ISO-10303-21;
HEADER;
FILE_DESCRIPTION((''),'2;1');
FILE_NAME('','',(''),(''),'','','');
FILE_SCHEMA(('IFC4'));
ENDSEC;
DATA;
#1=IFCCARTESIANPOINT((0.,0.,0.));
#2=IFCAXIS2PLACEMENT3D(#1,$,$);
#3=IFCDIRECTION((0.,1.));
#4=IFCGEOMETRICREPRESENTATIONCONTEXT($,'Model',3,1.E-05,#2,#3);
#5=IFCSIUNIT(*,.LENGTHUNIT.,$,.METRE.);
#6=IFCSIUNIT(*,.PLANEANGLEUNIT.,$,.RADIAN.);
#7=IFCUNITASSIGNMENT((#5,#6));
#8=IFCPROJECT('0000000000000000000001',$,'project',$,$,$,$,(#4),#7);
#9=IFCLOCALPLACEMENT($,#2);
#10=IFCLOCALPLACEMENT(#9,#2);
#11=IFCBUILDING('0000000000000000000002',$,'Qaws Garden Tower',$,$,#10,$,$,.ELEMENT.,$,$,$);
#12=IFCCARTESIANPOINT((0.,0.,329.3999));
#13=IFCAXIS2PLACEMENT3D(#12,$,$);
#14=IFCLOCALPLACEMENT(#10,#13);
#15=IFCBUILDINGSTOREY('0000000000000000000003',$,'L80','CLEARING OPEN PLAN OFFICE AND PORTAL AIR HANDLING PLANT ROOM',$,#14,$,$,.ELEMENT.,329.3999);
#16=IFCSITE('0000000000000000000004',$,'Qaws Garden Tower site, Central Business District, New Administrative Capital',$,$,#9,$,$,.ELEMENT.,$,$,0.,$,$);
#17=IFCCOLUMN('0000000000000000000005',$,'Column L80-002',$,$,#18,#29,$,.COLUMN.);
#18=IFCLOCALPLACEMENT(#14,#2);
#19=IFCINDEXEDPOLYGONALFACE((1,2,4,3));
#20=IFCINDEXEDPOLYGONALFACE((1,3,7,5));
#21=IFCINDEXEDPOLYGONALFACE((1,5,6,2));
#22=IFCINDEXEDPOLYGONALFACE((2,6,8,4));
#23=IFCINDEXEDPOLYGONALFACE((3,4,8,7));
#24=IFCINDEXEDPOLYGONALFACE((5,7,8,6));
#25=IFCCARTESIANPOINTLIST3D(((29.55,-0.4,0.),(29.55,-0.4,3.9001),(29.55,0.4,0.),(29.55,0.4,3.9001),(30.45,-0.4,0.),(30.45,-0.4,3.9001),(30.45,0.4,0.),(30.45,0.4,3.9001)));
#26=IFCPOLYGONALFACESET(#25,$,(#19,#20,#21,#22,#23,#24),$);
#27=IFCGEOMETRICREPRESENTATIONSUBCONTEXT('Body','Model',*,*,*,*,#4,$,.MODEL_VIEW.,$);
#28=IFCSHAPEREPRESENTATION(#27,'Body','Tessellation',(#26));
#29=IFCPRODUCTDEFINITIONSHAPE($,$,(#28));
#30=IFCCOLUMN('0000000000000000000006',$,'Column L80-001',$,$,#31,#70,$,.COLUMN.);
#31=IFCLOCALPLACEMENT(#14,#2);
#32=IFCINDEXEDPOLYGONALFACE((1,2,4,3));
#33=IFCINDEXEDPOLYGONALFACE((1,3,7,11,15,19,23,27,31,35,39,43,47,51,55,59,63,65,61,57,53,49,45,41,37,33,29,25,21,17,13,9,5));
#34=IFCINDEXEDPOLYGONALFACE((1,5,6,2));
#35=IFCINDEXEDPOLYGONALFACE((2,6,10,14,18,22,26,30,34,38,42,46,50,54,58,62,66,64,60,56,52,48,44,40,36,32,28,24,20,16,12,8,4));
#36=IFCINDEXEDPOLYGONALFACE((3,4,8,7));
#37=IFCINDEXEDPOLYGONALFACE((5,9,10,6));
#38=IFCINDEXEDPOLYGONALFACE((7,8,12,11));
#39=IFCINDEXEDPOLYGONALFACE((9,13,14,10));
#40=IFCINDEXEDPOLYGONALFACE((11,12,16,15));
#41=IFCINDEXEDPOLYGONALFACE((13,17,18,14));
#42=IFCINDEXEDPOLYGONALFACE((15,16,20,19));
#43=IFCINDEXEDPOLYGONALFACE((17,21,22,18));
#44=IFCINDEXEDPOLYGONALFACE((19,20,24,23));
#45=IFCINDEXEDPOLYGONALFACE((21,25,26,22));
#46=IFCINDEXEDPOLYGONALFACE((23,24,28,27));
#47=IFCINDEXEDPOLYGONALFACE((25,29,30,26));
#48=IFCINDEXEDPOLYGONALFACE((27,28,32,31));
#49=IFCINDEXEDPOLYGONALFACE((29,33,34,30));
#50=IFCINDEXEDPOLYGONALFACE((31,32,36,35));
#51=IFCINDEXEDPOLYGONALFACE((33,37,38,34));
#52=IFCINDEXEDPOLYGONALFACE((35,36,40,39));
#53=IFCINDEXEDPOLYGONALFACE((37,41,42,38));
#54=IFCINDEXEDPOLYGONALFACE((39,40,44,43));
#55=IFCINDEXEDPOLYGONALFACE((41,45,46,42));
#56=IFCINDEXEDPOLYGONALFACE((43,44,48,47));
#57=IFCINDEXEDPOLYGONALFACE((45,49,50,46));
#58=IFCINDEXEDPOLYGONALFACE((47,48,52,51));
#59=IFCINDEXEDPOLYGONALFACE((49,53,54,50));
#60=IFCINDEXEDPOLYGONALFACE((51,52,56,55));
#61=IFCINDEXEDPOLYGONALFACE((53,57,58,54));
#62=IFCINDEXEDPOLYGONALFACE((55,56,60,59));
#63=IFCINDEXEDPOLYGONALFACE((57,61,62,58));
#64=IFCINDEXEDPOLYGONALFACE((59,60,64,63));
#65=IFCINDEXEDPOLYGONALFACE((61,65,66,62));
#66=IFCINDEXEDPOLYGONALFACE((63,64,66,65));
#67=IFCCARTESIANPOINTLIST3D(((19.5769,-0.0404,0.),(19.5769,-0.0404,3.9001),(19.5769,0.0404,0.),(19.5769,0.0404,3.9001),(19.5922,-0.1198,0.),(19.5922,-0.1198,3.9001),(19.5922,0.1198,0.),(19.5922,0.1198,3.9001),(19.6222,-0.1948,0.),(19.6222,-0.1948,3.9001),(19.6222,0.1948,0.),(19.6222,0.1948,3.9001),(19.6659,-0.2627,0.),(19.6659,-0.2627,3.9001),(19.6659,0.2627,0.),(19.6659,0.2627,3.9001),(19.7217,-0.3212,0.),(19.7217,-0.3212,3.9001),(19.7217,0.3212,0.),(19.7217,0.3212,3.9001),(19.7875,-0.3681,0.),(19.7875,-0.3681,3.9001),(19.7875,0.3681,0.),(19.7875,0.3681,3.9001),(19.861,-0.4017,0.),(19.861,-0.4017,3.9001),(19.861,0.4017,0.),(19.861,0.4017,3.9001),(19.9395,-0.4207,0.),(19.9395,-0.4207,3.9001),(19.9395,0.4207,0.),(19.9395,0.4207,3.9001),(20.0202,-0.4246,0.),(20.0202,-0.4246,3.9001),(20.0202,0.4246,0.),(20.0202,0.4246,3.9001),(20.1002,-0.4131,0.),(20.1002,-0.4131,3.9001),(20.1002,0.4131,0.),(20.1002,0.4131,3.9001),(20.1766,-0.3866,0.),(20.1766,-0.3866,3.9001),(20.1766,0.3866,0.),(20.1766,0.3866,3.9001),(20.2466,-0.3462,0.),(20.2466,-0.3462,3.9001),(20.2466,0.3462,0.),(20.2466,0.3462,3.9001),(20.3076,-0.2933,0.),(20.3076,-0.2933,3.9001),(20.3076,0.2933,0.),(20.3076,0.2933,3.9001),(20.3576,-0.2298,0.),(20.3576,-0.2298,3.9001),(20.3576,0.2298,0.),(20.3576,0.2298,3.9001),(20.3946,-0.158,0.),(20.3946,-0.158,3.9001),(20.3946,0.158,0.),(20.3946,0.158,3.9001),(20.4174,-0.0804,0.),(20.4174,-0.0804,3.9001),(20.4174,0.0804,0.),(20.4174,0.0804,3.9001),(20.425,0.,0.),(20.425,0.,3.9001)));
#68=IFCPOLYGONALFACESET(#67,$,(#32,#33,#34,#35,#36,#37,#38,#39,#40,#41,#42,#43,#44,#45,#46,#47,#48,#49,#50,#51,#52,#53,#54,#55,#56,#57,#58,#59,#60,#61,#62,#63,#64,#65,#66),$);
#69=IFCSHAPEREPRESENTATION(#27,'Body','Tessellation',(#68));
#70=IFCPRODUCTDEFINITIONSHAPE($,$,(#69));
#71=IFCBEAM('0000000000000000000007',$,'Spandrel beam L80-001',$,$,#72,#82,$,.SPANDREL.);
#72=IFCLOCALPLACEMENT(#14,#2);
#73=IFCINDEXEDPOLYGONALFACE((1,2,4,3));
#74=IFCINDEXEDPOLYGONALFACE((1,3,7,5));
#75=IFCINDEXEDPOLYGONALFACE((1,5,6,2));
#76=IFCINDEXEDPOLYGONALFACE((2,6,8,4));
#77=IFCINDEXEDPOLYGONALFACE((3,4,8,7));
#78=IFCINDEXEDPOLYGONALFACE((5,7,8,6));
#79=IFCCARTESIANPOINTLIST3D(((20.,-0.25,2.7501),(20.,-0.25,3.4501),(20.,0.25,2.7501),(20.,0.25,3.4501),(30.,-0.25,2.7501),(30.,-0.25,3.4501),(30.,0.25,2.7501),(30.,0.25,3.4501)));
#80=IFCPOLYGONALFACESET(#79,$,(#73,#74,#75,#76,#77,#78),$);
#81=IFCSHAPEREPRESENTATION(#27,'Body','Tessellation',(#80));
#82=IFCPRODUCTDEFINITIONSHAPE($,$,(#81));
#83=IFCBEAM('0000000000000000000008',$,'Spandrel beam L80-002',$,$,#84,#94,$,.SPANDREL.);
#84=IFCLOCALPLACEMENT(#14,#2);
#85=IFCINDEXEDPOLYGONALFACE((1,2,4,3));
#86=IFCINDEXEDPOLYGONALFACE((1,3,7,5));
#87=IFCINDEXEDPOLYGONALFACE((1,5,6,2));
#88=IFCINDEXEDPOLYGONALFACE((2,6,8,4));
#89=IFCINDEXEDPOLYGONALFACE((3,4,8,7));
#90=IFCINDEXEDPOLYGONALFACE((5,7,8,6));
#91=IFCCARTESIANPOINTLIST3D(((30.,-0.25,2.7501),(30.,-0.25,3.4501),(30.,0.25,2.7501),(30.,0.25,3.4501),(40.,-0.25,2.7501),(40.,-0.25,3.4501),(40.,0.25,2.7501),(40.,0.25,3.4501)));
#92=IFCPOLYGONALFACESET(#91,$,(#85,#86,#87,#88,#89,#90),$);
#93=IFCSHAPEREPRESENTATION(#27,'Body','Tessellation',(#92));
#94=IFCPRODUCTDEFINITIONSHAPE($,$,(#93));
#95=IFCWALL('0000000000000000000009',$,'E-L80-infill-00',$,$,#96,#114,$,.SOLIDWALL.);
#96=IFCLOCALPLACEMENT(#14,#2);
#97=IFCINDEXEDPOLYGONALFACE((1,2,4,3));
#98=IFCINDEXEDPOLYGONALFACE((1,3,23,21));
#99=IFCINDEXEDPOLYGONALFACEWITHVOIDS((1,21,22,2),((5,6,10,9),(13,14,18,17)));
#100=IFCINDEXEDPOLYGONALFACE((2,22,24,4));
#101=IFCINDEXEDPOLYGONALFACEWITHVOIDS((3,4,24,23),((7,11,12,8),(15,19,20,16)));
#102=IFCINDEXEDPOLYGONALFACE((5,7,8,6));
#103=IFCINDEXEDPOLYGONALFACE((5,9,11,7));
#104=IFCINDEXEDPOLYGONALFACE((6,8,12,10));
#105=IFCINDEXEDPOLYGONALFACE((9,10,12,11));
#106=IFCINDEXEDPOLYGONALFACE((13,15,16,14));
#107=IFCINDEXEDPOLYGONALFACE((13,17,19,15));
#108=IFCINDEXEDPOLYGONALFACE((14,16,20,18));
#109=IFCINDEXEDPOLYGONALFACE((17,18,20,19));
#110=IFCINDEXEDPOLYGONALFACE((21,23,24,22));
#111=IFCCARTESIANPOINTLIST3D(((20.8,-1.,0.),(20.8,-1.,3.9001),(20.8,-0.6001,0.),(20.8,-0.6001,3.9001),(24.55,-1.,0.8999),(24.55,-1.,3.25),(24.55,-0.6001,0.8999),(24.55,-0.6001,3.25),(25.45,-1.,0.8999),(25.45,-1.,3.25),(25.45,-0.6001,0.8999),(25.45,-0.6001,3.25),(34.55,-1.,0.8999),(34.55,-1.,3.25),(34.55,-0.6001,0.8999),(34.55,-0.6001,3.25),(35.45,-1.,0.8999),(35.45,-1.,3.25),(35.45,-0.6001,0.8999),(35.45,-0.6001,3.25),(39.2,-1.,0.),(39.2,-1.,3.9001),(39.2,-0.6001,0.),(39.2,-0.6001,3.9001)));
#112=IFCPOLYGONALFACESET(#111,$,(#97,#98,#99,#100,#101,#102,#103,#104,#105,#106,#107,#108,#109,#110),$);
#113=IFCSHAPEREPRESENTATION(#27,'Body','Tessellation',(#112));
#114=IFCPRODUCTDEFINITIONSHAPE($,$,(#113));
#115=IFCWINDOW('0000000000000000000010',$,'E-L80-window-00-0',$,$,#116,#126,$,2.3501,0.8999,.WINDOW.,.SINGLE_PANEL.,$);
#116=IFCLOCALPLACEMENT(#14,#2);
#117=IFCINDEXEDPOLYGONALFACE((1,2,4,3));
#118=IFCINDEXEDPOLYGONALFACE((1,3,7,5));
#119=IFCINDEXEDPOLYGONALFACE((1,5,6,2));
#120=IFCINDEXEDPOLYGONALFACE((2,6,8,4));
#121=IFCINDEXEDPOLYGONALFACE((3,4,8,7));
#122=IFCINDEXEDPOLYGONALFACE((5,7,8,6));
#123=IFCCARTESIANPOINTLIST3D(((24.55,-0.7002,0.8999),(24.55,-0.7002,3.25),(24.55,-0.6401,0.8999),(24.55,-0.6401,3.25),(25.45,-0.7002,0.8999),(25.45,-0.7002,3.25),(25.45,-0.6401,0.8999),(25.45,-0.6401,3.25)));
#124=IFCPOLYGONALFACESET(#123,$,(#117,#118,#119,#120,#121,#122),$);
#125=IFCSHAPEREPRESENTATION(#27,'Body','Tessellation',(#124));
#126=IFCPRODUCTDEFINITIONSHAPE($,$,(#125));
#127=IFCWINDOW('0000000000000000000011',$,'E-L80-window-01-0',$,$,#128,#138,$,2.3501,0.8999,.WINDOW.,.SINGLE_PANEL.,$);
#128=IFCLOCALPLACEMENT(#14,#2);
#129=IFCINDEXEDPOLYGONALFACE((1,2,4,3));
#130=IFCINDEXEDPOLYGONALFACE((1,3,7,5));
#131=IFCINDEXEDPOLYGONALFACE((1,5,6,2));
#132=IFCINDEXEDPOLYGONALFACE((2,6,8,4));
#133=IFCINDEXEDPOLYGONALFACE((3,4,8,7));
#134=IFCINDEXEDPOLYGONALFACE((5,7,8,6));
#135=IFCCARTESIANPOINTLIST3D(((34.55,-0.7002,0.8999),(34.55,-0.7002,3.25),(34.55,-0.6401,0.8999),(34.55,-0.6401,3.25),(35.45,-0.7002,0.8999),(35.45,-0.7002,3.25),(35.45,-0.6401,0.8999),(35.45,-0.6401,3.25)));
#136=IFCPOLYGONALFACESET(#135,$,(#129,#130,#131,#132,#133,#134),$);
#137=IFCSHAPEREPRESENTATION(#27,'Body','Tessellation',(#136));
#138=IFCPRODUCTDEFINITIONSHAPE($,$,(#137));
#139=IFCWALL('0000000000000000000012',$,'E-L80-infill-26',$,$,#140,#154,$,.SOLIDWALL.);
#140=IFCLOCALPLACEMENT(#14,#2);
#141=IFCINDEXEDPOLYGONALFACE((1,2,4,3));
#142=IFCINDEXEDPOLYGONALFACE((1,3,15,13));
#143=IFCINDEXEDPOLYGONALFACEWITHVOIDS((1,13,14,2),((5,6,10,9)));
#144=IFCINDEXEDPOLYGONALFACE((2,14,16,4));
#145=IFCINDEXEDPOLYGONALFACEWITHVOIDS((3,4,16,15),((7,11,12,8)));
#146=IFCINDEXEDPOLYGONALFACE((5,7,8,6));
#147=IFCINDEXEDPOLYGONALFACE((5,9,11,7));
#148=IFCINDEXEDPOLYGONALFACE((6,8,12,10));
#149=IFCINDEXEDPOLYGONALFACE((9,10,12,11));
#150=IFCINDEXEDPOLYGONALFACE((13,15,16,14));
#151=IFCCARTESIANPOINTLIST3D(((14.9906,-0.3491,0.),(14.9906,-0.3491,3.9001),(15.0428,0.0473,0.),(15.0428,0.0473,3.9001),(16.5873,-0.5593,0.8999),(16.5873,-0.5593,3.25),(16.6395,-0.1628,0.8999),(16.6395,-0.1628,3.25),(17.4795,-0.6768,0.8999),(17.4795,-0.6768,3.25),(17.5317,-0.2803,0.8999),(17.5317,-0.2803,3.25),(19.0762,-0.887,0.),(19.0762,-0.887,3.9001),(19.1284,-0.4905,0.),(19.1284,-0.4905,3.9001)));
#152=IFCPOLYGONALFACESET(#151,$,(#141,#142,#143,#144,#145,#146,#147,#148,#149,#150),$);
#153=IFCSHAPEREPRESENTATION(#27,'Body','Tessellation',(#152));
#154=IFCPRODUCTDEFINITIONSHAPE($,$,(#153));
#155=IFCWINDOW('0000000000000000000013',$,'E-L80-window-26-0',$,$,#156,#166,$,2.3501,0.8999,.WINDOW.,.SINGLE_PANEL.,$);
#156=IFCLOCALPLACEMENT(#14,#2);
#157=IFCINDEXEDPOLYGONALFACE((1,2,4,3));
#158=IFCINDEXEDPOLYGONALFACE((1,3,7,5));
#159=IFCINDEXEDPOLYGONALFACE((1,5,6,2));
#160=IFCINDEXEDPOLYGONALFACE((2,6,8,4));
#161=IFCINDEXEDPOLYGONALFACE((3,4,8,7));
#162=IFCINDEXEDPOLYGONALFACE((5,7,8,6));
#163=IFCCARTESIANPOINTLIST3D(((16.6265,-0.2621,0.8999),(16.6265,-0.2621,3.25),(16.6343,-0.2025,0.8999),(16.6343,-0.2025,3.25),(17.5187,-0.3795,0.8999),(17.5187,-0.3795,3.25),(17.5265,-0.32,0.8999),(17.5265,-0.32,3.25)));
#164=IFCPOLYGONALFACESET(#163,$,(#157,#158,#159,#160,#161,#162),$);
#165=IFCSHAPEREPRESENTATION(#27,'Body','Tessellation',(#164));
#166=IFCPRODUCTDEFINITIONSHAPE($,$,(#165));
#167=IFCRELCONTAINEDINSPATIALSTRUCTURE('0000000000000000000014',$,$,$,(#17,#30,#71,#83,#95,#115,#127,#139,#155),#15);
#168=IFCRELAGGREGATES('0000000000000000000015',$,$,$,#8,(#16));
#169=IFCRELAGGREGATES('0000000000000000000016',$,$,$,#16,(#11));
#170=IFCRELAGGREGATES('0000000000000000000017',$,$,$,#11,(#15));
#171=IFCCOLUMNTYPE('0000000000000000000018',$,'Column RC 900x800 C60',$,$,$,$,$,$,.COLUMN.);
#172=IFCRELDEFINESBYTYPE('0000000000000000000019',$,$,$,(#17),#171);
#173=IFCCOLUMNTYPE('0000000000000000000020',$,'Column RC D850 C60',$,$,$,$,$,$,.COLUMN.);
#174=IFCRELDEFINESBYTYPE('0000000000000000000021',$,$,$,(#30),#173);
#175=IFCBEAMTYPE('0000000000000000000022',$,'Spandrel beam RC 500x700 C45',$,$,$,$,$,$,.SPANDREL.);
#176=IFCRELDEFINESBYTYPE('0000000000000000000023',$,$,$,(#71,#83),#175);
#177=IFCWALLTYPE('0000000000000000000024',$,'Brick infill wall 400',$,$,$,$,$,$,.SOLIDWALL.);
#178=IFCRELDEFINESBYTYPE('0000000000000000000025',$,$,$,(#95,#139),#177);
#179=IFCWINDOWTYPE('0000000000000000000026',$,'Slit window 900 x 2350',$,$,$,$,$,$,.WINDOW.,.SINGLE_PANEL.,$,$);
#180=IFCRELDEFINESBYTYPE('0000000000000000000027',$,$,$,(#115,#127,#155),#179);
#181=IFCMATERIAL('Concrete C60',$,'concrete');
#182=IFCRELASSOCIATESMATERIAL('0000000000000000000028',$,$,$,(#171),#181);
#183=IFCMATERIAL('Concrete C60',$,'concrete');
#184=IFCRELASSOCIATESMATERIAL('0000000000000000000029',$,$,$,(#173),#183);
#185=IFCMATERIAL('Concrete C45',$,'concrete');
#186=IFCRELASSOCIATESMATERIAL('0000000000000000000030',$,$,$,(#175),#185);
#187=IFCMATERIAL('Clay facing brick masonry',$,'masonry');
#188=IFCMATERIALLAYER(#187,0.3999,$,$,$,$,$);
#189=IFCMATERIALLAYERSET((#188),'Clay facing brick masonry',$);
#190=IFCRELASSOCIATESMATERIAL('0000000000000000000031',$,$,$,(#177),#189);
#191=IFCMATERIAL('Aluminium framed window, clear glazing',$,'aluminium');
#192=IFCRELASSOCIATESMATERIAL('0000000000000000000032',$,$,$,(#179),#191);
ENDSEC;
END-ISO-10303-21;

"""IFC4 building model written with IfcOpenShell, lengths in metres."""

from ifc_helpers import new_model, si_unit, direction, frame, frame_2d, origin, origin_2d, place, context, subcontext, project, spatial, rectangle, circle, extrude, material, layer, layer_set, material_profile, profile_set, type_object, element, fill, save


model = new_model("IFC4")

# Units and contexts
model_context = context("Model", 3, precision=1e-05, world=origin(), true_north=direction((0.0, 1.0)))
body_context = subcontext(model_context, "Body", "Model", "MODEL_VIEW")
ifc_project = project(units=[si_unit("LENGTHUNIT", "METRE"), si_unit("PLANEANGLEUNIT", "RADIAN")], contexts=[model_context])

# Site, building, storey
site_placement = place(None, origin())
site = spatial("IfcSite", under=ifc_project, at=site_placement, Name="Qaws Garden Tower site, Central Business District, New Administrative Capital", CompositionType="ELEMENT", RefElevation=0.0)
building_placement = place(site_placement, origin())
building = spatial("IfcBuilding", under=site, at=building_placement, Name="Qaws Garden Tower", CompositionType="ELEMENT")
storey_placement = place(building_placement, frame((0.0, 0.0, 329.3999)))
storey = spatial("IfcBuildingStorey", under=building, at=storey_placement, Name="L80", Description="CLEARING OPEN PLAN OFFICE AND PORTAL AIR HANDLING PLANT ROOM", CompositionType="ELEMENT", Elevation=329.3999)

# Columns
ifc_material_1 = material(Name="Concrete C60", Category="concrete")
ifc_material_profile_1 = material_profile(ifc_material_1, rectangle(XDim=0.8999, YDim=0.8, at=origin_2d()), Name="RC 900x800")
ifc_profile_set_1 = profile_set([ifc_material_profile_1], Name="Concrete C60")
column_type_1 = type_object("IfcColumnType", Name="Column RC 900x800 C60", PredefinedType="COLUMN", material=ifc_profile_set_1)
column_1_placement = place(storey_placement, frame((30.0, 0.0, 0.0), z_axis=(0.0, 0.0, 1.0), x_axis=(1.0, 0.0, 0.0)))
element("IfcColumn", 1, at=column_1_placement, inside=storey, type_object=column_type_1, Name="Column L80-002", PredefinedType="COLUMN", context=body_context, shape_type="SweptSolid", body=[
    extrude(rectangle(XDim=0.8999, YDim=0.8, at=origin_2d()), origin(), (0.0, 0.0, 1.0), 3.9001),
])
ifc_material_2 = material(Name="Concrete C60", Category="concrete")
ifc_material_profile_2 = material_profile(ifc_material_2, circle(Radius=0.425, at=origin_2d()), Name="RC D850")
ifc_profile_set_2 = profile_set([ifc_material_profile_2], Name="Concrete C60")
column_type_2 = type_object("IfcColumnType", Name="Column RC D850 C60", PredefinedType="COLUMN", material=ifc_profile_set_2)
column_2_placement = place(storey_placement, frame((20.0, 0.0, 0.0), z_axis=(0.0, 0.0, 1.0), x_axis=(1.0, 0.0, 0.0)))
element("IfcColumn", 2, at=column_2_placement, inside=storey, type_object=column_type_2, Name="Column L80-001", PredefinedType="COLUMN", context=body_context, shape_type="SweptSolid", body=[
    extrude(circle(Radius=0.425, at=origin_2d()), origin(), (0.0, 0.0, 1.0), 3.9001),
])

# Beams
ifc_material_3 = material(Name="Concrete C45", Category="concrete")
ifc_material_profile_3 = material_profile(ifc_material_3, rectangle(XDim=0.5, YDim=0.7, at=origin_2d()), Name="RC 500x700")
ifc_profile_set_3 = profile_set([ifc_material_profile_3], Name="Concrete C45")
beam_type = type_object("IfcBeamType", Name="Spandrel beam RC 500x700 C45", PredefinedType="SPANDREL", material=ifc_profile_set_3)
for number, where, z_axis, x_axis, name in (
    (3, (20.0, 0.0, 3.1001), (1.0, 0.0, 0.0), (0.0, 1.0, 0.0), "Spandrel beam L80-001"),
    (4, (30.0, 0.0, 3.1001), (1.0, 0.0, 0.0), (0.0, 1.0, 0.0), "Spandrel beam L80-002"),
):
    element("IfcBeam", number, at=place(storey_placement, frame(where, z_axis=z_axis, x_axis=x_axis)), inside=storey, type_object=beam_type, Name=name, PredefinedType="SPANDREL", context=body_context, shape_type="SweptSolid", body=[
        extrude(rectangle(XDim=0.5, YDim=0.7, at=origin_2d()), origin(), (0.0, 0.0, 1.0), 10.0),
    ])

# Wall, openings, windows
ifc_material_4 = material(Name="Clay facing brick masonry", Category="masonry")
ifc_layer_1 = layer(ifc_material_4, 0.3999)
ifc_layer_set_1 = layer_set([ifc_layer_1], Name="Clay facing brick masonry")
wall_type_1 = type_object("IfcWallType", Name="Brick infill wall 400", PredefinedType="SOLIDWALL", material=ifc_layer_set_1)
wall_1_placement = place(storey_placement, frame((20.8, -0.8, 0.0), z_axis=(0.0, 0.0, 1.0), x_axis=(1.0, 0.0, 0.0)))
wall_1 = element("IfcWall", 5, at=wall_1_placement, inside=storey, type_object=wall_type_1, Name="E-L80-infill-00", PredefinedType="SOLIDWALL", context=body_context, shape_type="SweptSolid", body=[
    extrude(rectangle(XDim=18.3999, YDim=0.3999, at=frame_2d((9.2, 0.0))), origin(), (0.0, 0.0, 1.0), 3.9001),
])
opening_1_placement = place(wall_1_placement, frame((3.75, 0.0, 0.8999)))
opening_1 = element("IfcOpeningElement", 6, at=opening_1_placement, cuts=wall_1, PredefinedType="OPENING", context=body_context, shape_type="SweptSolid", body=[
    extrude(rectangle(XDim=0.8999, YDim=2.3501, at=frame_2d((0.45, 1.175))), frame((0.0, 0.21, 0.0), z_axis=(0.0, -1.0, 0.0), x_axis=(1.0, 0.0, 0.0)), (0.0, 0.0, 1.0), 0.4199),
])
opening_2_placement = place(wall_1_placement, frame((13.75, 0.0, 0.8999)))
opening_2 = element("IfcOpeningElement", 7, at=opening_2_placement, cuts=wall_1, PredefinedType="OPENING", context=body_context, shape_type="SweptSolid", body=[
    extrude(rectangle(XDim=0.8999, YDim=2.3501, at=frame_2d((0.45, 1.175))), frame((0.0, 0.21, 0.0), z_axis=(0.0, -1.0, 0.0), x_axis=(1.0, 0.0, 0.0)), (0.0, 0.0, 1.0), 0.4199),
])
ifc_material_5 = material(Name="Aluminium framed window, clear glazing", Category="aluminium")
window_type = type_object("IfcWindowType", Name="Slit window 900 x 2350", PartitioningType="SINGLE_PANEL", PredefinedType="WINDOW", material=ifc_material_5)
window_1_placement = place(opening_1_placement, origin())
window_1 = element("IfcWindow", 8, at=window_1_placement, inside=storey, type_object=window_type, Name="E-L80-window-00-0", OverallHeight=2.3501, OverallWidth=0.8999, PartitioningType="SINGLE_PANEL", PredefinedType="WINDOW", context=body_context, shape_type="SweptSolid", body=[
    extrude(rectangle(XDim=0.8999, YDim=2.3501, at=frame_2d((0.45, 1.175))), frame((0.0, 0.1599, 0.0), z_axis=(0.0, -1.0, 0.0), x_axis=(1.0, 0.0, 0.0)), (0.0, 0.0, 1.0), 0.0601),
])
fill(opening_1, window_1)
window_2_placement = place(opening_2_placement, origin())
window_2 = element("IfcWindow", 9, at=window_2_placement, inside=storey, type_object=window_type, Name="E-L80-window-01-0", OverallHeight=2.3501, OverallWidth=0.8999, PartitioningType="SINGLE_PANEL", PredefinedType="WINDOW", context=body_context, shape_type="SweptSolid", body=[
    extrude(rectangle(XDim=0.8999, YDim=2.3501, at=frame_2d((0.45, 1.175))), frame((0.0, 0.1599, 0.0), z_axis=(0.0, -1.0, 0.0), x_axis=(1.0, 0.0, 0.0)), (0.0, 0.0, 1.0), 0.0601),
])
fill(opening_2, window_2)

# Wall, opening, window
wall_2_placement = place(storey_placement, frame((15.0166, -0.1509, 0.0), z_axis=(0.0, 0.0, 1.0), x_axis=(0.991446, -0.130514, 0.0)))
wall_2 = element("IfcWall", 10, at=wall_2_placement, inside=storey, type_object=wall_type_1, Name="E-L80-infill-26", PredefinedType="SOLIDWALL", context=body_context, shape_type="SweptSolid", body=[
    extrude(rectangle(XDim=4.1208, YDim=0.3999, at=frame_2d((2.0605, 0.0))), origin(), (0.0, 0.0, 1.0), 3.9001),
])
opening_3_placement = place(wall_2_placement, frame((1.6106, 0.0, 0.8999)))
opening_3 = element("IfcOpeningElement", 11, at=opening_3_placement, cuts=wall_2, PredefinedType="OPENING", context=body_context, shape_type="SweptSolid", body=[
    extrude(rectangle(XDim=0.8999, YDim=2.3501, at=frame_2d((0.45, 1.175))), frame((0.0, 0.21, 0.0), z_axis=(0.0, -1.0, 0.0), x_axis=(1.0, 0.0, 0.0)), (0.0, 0.0, 1.0), 0.4199),
])
window_3_placement = place(opening_3_placement, origin())
window_3 = element("IfcWindow", 12, at=window_3_placement, inside=storey, type_object=window_type, Name="E-L80-window-26-0", OverallHeight=2.3501, OverallWidth=0.8999, PartitioningType="SINGLE_PANEL", PredefinedType="WINDOW", context=body_context, shape_type="SweptSolid", body=[
    extrude(rectangle(XDim=0.8999, YDim=2.3501, at=frame_2d((0.45, 1.175))), frame((0.0, 0.1599, 0.0), z_axis=(0.0, -1.0, 0.0), x_axis=(1.0, 0.0, 0.0)), (0.0, 0.0, 1.0), 0.0601),
])
fill(opening_3, window_3)

save(model, "model.ifc")
